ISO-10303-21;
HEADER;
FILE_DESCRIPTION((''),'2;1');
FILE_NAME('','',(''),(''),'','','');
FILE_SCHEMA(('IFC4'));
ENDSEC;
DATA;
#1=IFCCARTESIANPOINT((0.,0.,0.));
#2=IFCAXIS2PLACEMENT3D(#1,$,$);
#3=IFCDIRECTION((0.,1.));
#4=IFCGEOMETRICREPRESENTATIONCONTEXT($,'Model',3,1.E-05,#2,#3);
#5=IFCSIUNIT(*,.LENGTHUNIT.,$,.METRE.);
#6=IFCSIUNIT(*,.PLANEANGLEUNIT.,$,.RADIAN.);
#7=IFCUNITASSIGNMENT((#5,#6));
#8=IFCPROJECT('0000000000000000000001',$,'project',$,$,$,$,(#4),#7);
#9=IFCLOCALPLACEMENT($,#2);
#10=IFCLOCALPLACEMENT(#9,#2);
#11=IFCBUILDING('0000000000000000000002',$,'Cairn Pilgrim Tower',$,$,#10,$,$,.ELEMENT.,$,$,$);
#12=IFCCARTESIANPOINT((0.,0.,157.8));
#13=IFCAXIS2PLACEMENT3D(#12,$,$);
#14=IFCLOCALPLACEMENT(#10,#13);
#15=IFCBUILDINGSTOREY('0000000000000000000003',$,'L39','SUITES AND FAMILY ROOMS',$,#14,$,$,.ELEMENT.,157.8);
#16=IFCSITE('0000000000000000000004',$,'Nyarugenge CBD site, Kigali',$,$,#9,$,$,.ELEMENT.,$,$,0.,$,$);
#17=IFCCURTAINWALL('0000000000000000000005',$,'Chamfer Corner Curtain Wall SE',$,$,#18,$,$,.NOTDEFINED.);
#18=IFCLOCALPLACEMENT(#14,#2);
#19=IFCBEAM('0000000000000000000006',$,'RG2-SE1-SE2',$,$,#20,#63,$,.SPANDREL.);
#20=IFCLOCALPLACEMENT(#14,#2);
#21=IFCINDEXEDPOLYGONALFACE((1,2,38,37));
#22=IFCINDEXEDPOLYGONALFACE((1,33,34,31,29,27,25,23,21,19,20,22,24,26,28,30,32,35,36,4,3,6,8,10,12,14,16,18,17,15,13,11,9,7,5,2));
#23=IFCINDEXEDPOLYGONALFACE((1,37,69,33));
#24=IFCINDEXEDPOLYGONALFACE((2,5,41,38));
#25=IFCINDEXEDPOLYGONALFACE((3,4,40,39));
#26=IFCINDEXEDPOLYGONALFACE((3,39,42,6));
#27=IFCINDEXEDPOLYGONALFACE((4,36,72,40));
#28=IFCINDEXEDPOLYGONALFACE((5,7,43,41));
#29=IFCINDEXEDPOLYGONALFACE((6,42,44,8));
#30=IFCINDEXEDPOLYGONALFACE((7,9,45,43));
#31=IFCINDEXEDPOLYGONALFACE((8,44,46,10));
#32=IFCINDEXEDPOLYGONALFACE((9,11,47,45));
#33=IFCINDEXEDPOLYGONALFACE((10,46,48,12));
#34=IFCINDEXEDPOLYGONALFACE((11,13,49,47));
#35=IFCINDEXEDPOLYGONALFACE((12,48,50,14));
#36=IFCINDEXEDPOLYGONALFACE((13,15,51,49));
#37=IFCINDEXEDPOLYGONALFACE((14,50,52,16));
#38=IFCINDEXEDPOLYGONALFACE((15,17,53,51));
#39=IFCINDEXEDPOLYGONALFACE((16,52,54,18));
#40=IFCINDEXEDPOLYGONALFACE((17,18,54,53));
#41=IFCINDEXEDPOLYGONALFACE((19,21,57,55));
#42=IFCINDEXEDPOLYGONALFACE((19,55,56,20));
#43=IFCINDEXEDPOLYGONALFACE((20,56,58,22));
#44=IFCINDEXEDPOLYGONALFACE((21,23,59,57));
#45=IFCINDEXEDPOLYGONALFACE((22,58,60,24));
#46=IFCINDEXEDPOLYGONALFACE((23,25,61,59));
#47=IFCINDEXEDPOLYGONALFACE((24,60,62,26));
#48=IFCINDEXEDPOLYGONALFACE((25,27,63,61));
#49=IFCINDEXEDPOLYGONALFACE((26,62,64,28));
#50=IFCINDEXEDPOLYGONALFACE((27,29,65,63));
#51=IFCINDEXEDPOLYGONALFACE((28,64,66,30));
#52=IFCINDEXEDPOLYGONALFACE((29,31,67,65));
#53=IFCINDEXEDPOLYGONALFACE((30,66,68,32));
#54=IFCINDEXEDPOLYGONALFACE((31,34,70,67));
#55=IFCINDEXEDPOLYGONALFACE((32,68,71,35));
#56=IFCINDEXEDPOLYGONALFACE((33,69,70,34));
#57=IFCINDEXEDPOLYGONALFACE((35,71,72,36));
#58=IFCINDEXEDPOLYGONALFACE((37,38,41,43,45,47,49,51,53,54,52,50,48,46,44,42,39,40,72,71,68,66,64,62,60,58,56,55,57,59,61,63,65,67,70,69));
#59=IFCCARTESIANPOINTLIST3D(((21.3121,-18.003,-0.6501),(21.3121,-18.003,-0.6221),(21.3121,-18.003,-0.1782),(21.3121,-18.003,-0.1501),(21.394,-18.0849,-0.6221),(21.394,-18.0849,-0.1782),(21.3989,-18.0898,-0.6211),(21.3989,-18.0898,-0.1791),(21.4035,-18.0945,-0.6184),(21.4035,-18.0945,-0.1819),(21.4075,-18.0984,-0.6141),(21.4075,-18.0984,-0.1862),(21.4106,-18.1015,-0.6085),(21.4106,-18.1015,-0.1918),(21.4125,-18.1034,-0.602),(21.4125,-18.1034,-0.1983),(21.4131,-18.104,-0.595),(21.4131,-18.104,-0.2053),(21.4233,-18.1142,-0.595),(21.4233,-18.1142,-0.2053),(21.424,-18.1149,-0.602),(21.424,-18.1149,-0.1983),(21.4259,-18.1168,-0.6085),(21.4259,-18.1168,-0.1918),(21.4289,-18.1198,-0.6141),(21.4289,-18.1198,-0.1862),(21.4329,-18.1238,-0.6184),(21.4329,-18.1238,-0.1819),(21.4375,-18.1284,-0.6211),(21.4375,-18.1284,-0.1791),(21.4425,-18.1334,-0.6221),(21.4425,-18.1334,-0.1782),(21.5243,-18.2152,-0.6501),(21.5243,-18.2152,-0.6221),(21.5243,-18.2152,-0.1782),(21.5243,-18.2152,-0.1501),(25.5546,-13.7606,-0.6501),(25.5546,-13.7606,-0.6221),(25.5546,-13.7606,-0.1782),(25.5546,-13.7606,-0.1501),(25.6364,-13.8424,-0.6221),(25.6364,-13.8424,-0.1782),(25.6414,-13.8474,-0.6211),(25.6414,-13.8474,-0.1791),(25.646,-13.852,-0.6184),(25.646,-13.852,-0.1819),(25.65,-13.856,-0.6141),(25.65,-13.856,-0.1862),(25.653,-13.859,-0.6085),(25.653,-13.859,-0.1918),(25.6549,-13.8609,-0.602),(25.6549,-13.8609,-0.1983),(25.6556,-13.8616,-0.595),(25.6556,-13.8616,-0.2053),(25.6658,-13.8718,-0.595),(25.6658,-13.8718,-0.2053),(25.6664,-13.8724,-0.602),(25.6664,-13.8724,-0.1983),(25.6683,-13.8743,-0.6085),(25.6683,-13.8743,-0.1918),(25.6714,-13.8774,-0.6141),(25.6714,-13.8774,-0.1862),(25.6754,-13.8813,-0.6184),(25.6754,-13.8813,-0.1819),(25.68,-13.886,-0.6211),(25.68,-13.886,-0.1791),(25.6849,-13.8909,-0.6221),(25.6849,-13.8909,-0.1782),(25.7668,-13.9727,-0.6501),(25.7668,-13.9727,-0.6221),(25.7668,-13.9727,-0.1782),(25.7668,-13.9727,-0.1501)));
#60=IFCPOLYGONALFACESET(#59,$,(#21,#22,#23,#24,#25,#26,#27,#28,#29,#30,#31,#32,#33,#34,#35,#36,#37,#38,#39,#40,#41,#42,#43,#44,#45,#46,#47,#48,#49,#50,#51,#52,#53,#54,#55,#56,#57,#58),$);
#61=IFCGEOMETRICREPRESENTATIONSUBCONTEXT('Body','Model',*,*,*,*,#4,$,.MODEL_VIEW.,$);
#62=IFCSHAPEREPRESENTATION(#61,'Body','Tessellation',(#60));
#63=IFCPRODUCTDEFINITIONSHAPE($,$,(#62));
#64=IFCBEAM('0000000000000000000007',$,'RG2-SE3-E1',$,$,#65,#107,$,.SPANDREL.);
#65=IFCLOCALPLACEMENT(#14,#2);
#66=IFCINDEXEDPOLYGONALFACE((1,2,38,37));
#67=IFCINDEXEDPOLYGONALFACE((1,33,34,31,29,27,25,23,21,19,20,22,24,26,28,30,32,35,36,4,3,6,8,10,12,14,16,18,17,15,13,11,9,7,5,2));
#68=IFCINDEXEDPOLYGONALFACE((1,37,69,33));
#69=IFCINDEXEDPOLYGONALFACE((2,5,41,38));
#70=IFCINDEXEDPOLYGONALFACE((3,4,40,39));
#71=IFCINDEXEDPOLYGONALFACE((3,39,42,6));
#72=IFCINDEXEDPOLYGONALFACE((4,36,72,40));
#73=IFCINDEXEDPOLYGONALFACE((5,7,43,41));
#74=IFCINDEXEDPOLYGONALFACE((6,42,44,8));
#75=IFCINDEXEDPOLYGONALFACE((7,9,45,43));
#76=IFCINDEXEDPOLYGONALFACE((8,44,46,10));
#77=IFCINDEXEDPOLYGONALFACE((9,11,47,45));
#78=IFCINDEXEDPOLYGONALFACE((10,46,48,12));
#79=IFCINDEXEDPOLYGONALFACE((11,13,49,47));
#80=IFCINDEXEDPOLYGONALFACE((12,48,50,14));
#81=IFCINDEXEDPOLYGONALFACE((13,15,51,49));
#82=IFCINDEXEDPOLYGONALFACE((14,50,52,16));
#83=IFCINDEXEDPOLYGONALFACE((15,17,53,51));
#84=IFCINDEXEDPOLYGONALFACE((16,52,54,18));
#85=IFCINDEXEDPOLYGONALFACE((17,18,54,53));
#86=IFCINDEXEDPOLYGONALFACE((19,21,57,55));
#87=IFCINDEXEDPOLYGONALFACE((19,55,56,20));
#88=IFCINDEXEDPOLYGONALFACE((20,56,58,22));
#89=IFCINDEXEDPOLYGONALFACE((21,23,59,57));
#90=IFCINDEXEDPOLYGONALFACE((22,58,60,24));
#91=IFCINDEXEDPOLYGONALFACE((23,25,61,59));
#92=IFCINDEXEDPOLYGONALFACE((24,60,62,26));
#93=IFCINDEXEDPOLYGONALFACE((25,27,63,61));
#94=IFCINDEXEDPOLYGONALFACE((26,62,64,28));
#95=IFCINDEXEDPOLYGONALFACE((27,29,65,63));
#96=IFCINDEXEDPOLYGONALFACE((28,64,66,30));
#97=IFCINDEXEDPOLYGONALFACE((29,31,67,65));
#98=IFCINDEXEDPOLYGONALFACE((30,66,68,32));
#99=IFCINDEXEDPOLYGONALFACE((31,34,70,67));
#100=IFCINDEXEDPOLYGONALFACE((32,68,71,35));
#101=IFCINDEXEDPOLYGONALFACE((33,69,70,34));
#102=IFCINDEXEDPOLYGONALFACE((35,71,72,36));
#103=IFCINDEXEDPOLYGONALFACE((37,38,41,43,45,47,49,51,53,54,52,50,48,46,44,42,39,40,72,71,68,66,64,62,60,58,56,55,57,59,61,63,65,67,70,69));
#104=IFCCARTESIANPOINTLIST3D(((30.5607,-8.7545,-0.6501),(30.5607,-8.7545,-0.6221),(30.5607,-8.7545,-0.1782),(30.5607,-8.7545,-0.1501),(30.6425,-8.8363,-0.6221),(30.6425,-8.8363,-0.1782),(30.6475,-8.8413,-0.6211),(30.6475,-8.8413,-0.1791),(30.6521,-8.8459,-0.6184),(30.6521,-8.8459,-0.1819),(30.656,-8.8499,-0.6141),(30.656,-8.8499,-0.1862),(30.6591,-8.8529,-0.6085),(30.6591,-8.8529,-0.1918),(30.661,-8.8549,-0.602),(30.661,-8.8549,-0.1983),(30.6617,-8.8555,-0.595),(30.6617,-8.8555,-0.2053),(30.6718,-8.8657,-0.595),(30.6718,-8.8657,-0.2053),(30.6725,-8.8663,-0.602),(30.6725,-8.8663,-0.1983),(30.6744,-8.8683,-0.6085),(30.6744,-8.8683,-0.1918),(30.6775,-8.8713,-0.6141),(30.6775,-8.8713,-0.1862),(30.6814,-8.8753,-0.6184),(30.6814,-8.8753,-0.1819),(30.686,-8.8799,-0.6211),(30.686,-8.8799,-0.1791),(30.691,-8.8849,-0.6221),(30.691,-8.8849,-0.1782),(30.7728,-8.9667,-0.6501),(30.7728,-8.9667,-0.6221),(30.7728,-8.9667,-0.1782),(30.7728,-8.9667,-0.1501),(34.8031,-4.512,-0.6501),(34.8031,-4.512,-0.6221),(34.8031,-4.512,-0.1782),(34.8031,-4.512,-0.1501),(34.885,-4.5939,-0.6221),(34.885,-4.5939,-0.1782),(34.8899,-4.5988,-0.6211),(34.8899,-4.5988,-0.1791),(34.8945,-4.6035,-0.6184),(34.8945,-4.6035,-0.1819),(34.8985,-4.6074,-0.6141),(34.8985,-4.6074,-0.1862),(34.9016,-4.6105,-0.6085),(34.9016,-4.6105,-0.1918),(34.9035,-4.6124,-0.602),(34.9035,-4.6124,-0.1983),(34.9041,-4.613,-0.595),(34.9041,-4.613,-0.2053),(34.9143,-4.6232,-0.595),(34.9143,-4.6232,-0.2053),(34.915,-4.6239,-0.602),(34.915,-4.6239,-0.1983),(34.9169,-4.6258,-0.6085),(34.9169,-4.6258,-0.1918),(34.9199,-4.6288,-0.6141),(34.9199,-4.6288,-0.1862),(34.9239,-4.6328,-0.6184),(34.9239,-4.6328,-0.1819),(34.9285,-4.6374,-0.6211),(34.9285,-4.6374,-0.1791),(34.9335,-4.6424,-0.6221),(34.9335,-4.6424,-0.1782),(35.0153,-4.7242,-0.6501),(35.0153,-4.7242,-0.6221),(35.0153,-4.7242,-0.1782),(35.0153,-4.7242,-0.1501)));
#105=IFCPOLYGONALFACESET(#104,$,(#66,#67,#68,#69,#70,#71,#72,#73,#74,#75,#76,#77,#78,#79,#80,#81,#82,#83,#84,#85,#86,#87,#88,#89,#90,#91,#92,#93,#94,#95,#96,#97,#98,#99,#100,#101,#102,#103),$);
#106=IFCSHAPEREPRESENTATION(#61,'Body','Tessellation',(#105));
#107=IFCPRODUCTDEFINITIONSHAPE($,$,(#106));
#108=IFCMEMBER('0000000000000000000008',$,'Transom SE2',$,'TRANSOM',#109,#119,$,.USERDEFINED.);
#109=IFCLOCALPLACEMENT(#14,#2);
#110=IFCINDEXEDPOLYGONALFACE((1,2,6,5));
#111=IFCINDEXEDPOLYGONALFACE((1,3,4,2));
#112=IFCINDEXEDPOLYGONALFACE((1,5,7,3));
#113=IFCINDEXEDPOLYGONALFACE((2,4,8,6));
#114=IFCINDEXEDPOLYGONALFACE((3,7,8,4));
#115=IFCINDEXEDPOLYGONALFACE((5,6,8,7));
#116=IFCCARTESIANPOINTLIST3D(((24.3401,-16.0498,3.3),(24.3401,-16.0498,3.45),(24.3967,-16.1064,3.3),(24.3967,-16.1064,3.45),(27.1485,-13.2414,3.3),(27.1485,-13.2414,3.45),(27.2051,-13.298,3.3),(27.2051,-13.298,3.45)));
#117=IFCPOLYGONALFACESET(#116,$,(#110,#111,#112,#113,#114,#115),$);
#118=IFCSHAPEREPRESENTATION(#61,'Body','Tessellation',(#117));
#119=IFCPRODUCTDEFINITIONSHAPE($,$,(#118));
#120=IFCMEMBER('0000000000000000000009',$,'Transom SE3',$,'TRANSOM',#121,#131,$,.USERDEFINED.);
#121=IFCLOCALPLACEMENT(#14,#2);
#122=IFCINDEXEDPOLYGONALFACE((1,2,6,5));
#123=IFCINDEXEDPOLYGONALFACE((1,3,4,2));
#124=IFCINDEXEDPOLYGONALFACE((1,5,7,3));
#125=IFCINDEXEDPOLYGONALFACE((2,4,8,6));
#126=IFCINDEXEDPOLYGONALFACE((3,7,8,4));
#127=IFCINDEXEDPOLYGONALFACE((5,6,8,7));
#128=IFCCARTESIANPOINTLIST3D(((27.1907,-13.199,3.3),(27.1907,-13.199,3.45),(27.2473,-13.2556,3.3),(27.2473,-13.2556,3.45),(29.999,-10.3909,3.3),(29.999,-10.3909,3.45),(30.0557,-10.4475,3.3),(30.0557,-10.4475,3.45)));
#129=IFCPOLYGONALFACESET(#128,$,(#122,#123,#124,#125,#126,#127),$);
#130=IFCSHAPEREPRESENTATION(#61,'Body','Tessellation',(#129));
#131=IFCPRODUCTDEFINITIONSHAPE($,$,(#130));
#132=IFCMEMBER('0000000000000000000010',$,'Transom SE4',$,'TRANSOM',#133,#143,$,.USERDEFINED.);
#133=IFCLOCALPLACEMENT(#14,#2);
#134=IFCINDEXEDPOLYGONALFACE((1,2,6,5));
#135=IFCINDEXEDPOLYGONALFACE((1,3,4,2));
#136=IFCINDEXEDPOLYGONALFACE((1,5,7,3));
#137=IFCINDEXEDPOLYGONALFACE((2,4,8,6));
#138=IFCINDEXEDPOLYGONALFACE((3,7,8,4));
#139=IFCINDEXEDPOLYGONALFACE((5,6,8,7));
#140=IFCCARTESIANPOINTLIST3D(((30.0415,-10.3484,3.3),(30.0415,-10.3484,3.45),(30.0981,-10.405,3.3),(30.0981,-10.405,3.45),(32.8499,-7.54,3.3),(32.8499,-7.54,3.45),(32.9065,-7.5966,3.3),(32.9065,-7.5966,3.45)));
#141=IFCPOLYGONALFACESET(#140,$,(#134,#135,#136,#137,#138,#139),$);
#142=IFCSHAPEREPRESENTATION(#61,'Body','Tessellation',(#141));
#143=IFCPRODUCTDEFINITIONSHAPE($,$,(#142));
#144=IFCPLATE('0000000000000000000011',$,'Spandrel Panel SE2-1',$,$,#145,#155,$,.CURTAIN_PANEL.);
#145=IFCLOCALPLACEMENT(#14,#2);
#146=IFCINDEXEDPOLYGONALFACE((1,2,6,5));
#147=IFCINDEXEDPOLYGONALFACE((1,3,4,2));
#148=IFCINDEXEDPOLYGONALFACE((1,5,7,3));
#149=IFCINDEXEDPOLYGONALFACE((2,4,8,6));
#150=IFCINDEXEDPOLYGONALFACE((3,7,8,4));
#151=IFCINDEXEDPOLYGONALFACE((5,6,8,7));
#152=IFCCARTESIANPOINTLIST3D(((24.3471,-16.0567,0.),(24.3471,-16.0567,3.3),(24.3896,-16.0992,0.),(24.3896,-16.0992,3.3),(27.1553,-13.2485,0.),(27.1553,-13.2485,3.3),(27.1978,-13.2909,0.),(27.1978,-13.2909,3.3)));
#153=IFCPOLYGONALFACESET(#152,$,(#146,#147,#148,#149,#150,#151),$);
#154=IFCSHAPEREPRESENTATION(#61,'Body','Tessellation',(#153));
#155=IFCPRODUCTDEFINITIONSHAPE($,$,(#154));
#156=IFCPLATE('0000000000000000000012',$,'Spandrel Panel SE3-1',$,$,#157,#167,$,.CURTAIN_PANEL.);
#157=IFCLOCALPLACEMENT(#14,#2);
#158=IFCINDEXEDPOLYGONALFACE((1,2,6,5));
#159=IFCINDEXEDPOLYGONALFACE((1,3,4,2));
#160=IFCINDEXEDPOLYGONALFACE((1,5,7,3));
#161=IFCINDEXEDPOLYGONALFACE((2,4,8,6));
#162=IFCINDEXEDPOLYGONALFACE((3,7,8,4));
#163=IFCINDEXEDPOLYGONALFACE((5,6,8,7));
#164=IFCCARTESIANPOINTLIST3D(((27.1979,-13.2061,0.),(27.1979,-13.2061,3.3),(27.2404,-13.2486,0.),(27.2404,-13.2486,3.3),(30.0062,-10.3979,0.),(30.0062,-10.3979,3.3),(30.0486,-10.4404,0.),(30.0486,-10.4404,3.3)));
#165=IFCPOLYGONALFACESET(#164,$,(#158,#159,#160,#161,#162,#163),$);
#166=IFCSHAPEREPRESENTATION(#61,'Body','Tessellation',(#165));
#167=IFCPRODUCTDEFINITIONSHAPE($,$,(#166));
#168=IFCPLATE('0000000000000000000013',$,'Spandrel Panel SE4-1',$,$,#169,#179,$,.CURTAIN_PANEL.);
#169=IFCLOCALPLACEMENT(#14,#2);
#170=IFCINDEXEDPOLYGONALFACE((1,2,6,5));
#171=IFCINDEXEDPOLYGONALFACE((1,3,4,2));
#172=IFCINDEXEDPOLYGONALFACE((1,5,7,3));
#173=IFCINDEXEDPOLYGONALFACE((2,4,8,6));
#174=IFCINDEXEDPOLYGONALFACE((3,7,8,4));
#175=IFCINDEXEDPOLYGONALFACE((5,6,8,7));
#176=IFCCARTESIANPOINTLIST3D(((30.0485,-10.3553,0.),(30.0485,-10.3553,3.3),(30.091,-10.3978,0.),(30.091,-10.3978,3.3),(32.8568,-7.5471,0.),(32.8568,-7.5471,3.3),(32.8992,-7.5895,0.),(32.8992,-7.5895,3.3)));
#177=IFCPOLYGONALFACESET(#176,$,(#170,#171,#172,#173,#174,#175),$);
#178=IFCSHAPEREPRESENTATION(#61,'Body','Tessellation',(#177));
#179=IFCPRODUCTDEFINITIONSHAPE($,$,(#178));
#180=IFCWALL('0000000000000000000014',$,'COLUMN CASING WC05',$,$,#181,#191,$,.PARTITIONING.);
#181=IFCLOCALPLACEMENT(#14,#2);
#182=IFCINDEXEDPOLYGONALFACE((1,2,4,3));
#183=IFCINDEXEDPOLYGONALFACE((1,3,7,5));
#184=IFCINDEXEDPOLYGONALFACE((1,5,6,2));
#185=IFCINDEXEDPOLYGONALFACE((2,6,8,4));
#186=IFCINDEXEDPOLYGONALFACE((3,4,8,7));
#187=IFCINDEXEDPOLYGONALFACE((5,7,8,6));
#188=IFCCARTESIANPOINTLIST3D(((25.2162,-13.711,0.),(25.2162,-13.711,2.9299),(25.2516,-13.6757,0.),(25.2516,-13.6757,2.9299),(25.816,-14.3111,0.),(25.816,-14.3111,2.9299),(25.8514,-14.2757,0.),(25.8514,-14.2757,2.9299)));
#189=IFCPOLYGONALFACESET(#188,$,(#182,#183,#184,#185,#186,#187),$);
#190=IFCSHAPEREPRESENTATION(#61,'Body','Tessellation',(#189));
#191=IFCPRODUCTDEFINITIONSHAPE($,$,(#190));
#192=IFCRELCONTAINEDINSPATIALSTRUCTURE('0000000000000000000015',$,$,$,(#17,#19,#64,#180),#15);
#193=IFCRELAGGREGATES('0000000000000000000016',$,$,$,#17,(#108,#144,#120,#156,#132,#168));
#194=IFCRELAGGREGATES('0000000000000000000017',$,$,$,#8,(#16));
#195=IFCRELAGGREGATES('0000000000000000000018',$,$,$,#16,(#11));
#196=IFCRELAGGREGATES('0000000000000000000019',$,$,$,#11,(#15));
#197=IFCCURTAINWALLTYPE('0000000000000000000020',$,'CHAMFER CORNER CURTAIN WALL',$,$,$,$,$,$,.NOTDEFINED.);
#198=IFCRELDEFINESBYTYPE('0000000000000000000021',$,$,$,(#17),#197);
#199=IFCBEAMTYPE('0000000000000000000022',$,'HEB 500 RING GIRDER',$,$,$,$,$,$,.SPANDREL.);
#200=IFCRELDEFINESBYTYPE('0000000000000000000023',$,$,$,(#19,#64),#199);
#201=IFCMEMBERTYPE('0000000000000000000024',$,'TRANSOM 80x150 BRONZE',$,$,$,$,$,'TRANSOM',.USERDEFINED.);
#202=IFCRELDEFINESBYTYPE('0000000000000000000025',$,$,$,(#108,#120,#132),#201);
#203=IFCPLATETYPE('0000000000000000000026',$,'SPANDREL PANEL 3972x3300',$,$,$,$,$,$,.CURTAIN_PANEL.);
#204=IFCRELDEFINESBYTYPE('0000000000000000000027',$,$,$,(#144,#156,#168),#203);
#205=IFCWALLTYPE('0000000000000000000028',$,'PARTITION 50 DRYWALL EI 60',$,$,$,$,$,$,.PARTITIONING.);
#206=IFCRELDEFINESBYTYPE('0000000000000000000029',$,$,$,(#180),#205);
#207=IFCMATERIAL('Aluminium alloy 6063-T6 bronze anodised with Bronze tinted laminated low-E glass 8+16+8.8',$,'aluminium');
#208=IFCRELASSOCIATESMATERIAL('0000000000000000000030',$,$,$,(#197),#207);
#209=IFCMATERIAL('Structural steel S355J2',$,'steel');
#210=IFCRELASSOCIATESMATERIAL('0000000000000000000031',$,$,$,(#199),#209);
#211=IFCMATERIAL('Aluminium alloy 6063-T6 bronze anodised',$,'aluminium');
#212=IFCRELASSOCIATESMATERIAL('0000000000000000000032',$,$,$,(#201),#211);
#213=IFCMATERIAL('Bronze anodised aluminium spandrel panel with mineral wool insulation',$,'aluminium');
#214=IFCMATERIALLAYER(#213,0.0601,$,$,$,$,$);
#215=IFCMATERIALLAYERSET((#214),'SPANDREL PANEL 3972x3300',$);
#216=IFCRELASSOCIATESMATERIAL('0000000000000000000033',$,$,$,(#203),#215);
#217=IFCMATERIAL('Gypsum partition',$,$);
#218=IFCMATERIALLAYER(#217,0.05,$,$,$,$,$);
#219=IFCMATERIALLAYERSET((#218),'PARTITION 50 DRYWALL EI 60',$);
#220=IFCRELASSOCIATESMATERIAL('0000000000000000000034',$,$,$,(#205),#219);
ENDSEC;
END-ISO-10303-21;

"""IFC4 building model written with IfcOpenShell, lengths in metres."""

from ifc_helpers import new_model, si_unit, direction, frame, frame_2d, origin, origin_2d, place, context, subcontext, project, spatial, rectangle, i_section, extrude, material, layer, layer_set, material_profile, profile_set, type_object, element, aggregate, save


model = new_model("IFC4")

# Units and contexts
model_context = context("Model", 3, precision=1e-05, world=origin(), true_north=direction((0.0, 1.0)))
body_context = subcontext(model_context, "Body", "Model", "MODEL_VIEW")
ifc_project = project(units=[si_unit("LENGTHUNIT", "METRE"), si_unit("PLANEANGLEUNIT", "RADIAN")], contexts=[model_context])

# Site, building, storey
site_placement = place(None, origin())
site = spatial("IfcSite", under=ifc_project, at=site_placement, Name="Nyarugenge CBD site, Kigali", CompositionType="ELEMENT", RefElevation=0.0)
building_placement = place(site_placement, origin())
building = spatial("IfcBuilding", under=site, at=building_placement, Name="Cairn Pilgrim Tower", CompositionType="ELEMENT")
storey_placement = place(building_placement, frame((0.0, 0.0, 157.8)))
storey = spatial("IfcBuildingStorey", under=building, at=storey_placement, Name="L39", Description="SUITES AND FAMILY ROOMS", CompositionType="ELEMENT", Elevation=157.8)

# Shared definitions
ifc_material_1 = material(Name="Structural steel S355J2", Category="steel")

# Curtain wall
ifc_material_2 = material(Name="Aluminium alloy 6063-T6 bronze anodised with Bronze tinted laminated low-E glass 8+16+8.8", Category="aluminium")
curtain_wall_type = type_object("IfcCurtainWallType", Name="CHAMFER CORNER CURTAIN WALL", PredefinedType="NOTDEFINED", material=ifc_material_2)
curtain_wall_placement = place(storey_placement, origin())
curtain_wall = element("IfcCurtainWall", 1, at=curtain_wall_placement, inside=storey, type_object=curtain_wall_type, Name="Chamfer Corner Curtain Wall SE", PredefinedType="NOTDEFINED")
ifc_material_3 = material(Name="Aluminium alloy 6063-T6 bronze anodised", Category="aluminium")

# Beams
ifc_material_profile_1 = material_profile(ifc_material_1, i_section(OverallWidth=0.3, OverallDepth=0.5, WebThickness=0.0144, FlangeThickness=0.0281, FilletRadius=0.0271, at=origin_2d()), Name="HEB 500")
ifc_profile_set_1 = profile_set([ifc_material_profile_1], Name="Structural steel S355J2")
beam_type_1 = type_object("IfcBeamType", Name="HEB 500 RING GIRDER", PredefinedType="SPANDREL", material=ifc_profile_set_1)
for number, where, z_axis, x_axis, name in (
    (2, (21.4182, -18.1091, -0.4001), (0.707107, 0.707107, 0.0), (-0.707107, 0.707107, 0.0), "RG2-SE1-SE2"),
    (3, (30.6667, -8.8606, -0.4001), (0.707107, 0.707107, 0.0), (-0.707107, 0.707107, 0.0), "RG2-SE3-E1"),
):
    element("IfcBeam", number, at=place(storey_placement, frame(where, z_axis=z_axis, x_axis=x_axis)), inside=storey, type_object=beam_type_1, Name=name, PredefinedType="SPANDREL", context=body_context, shape_type="SweptSolid", body=[
        extrude(i_section(OverallWidth=0.3, OverallDepth=0.5, WebThickness=0.0144, FlangeThickness=0.0281, FilletRadius=0.0271, at=origin_2d()), origin(), (0.0, 0.0, 1.0), 5.9998),
    ])

# Members
ifc_material_profile_2 = material_profile(ifc_material_3, rectangle(XDim=0.0801, YDim=0.1499, at=origin_2d()), Name="TRANSOM 80x150 BRONZE")
ifc_profile_set_2 = profile_set([ifc_material_profile_2], Name="Aluminium alloy 6063-T6 bronze anodised")
member_type_1 = type_object("IfcMemberType", Name="TRANSOM 80x150 BRONZE", ElementType="TRANSOM", PredefinedType="USERDEFINED", material=ifc_profile_set_2)
member_1_placement = place(storey_placement, frame((24.3684, -16.0781, 3.375), z_axis=(0.707107, 0.707107, 0.0), x_axis=(-0.707107, 0.707107, 0.0)))
member_1 = element("IfcMember", 4, at=member_1_placement, type_object=member_type_1, Name="Transom SE2", ObjectType="TRANSOM", PredefinedType="USERDEFINED", context=body_context, shape_type="SweptSolid", body=[
    extrude(rectangle(XDim=0.0801, YDim=0.1499, at=origin_2d()), origin(), (0.0, 0.0, 1.0), 3.9717),
])
member_2_placement = place(storey_placement, frame((27.219, -13.2273, 3.375), z_axis=(0.707138, 0.707076, 0.0), x_axis=(-0.707076, 0.707138, 0.0)))
member_2 = element("IfcMember", 5, at=member_2_placement, type_object=member_type_1, Name="Transom SE3", ObjectType="TRANSOM", PredefinedType="USERDEFINED", context=body_context, shape_type="SweptSolid", body=[
    extrude(rectangle(XDim=0.0801, YDim=0.1499, at=origin_2d()), origin(), (0.0, 0.0, 1.0), 3.9714),
])
member_3_placement = place(storey_placement, frame((30.0698, -10.3767, 3.375), z_axis=(0.707107, 0.707107, 0.0), x_axis=(-0.707107, 0.707107, 0.0)))
member_3 = element("IfcMember", 6, at=member_3_placement, type_object=member_type_1, Name="Transom SE4", ObjectType="TRANSOM", PredefinedType="USERDEFINED", context=body_context, shape_type="SweptSolid", body=[
    extrude(rectangle(XDim=0.0801, YDim=0.1499, at=origin_2d()), origin(), (0.0, 0.0, 1.0), 3.9717),
])

# Plates
ifc_material_4 = material(Name="Bronze anodised aluminium spandrel panel with mineral wool insulation", Category="aluminium")
ifc_layer_1 = layer(ifc_material_4, 0.0601)
ifc_layer_set_1 = layer_set([ifc_layer_1], Name="SPANDREL PANEL 3972x3300")
plate_type = type_object("IfcPlateType", Name="SPANDREL PANEL 3972x3300", PredefinedType="CURTAIN_PANEL", material=ifc_layer_set_1)
plate_1_placement = place(storey_placement, frame((25.7725, -14.6738, 0.0), z_axis=(0.0, 0.0, 1.0), x_axis=(0.707107, 0.707107, 0.0)))
plate_1 = element("IfcPlate", 7, at=plate_1_placement, type_object=plate_type, Name="Spandrel Panel SE2-1", PredefinedType="CURTAIN_PANEL", context=body_context, shape_type="SweptSolid", body=[
    extrude(rectangle(XDim=3.9714, YDim=0.0601, at=origin_2d()), origin(), (0.0, 0.0, 1.0), 3.3),
])
plate_2_placement = place(storey_placement, frame((28.6233, -11.8232, 0.0), z_axis=(0.0, 0.0, 1.0), x_axis=(0.707107, 0.707107, 0.0)))
plate_2 = element("IfcPlate", 8, at=plate_2_placement, type_object=plate_type, Name="Spandrel Panel SE3-1", PredefinedType="CURTAIN_PANEL", context=body_context, shape_type="SweptSolid", body=[
    extrude(rectangle(XDim=3.9714, YDim=0.0601, at=origin_2d()), origin(), (0.0, 0.0, 1.0), 3.3),
])
plate_3_placement = place(storey_placement, frame((31.4739, -8.9724, 0.0), z_axis=(0.0, 0.0, 1.0), x_axis=(0.707107, 0.707107, 0.0)))
plate_3 = element("IfcPlate", 9, at=plate_3_placement, type_object=plate_type, Name="Spandrel Panel SE4-1", PredefinedType="CURTAIN_PANEL", context=body_context, shape_type="SweptSolid", body=[
    extrude(rectangle(XDim=3.9714, YDim=0.0601, at=origin_2d()), origin(), (0.0, 0.0, 1.0), 3.3),
])
aggregate(curtain_wall, [member_1, plate_1, member_2, plate_2, member_3, plate_3])

# Wall
ifc_material_5 = material(Name="Gypsum partition")
ifc_layer_2 = layer(ifc_material_5, 0.05)
ifc_layer_set_2 = layer_set([ifc_layer_2], Name="PARTITION 50 DRYWALL EI 60")
wall_type_1 = type_object("IfcWallType", Name="PARTITION 50 DRYWALL EI 60", PredefinedType="PARTITIONING", material=ifc_layer_set_2)
wall_1_placement = place(storey_placement, frame((25.8337, -14.2935, 0.0), z_axis=(0.0, 0.0, 1.0), x_axis=(-0.706963, 0.707251, 0.0)))
element("IfcWall", 10, at=wall_1_placement, inside=storey, type_object=wall_type_1, Name="COLUMN CASING WC05", PredefinedType="PARTITIONING", context=body_context, shape_type="SweptSolid", body=[
    extrude(rectangle(XDim=0.8484, YDim=0.05, at=frame_2d((0.4243, 0.0))), origin(), (0.0, 0.0, 1.0), 2.9299),
])

save(model, "model.ifc")
